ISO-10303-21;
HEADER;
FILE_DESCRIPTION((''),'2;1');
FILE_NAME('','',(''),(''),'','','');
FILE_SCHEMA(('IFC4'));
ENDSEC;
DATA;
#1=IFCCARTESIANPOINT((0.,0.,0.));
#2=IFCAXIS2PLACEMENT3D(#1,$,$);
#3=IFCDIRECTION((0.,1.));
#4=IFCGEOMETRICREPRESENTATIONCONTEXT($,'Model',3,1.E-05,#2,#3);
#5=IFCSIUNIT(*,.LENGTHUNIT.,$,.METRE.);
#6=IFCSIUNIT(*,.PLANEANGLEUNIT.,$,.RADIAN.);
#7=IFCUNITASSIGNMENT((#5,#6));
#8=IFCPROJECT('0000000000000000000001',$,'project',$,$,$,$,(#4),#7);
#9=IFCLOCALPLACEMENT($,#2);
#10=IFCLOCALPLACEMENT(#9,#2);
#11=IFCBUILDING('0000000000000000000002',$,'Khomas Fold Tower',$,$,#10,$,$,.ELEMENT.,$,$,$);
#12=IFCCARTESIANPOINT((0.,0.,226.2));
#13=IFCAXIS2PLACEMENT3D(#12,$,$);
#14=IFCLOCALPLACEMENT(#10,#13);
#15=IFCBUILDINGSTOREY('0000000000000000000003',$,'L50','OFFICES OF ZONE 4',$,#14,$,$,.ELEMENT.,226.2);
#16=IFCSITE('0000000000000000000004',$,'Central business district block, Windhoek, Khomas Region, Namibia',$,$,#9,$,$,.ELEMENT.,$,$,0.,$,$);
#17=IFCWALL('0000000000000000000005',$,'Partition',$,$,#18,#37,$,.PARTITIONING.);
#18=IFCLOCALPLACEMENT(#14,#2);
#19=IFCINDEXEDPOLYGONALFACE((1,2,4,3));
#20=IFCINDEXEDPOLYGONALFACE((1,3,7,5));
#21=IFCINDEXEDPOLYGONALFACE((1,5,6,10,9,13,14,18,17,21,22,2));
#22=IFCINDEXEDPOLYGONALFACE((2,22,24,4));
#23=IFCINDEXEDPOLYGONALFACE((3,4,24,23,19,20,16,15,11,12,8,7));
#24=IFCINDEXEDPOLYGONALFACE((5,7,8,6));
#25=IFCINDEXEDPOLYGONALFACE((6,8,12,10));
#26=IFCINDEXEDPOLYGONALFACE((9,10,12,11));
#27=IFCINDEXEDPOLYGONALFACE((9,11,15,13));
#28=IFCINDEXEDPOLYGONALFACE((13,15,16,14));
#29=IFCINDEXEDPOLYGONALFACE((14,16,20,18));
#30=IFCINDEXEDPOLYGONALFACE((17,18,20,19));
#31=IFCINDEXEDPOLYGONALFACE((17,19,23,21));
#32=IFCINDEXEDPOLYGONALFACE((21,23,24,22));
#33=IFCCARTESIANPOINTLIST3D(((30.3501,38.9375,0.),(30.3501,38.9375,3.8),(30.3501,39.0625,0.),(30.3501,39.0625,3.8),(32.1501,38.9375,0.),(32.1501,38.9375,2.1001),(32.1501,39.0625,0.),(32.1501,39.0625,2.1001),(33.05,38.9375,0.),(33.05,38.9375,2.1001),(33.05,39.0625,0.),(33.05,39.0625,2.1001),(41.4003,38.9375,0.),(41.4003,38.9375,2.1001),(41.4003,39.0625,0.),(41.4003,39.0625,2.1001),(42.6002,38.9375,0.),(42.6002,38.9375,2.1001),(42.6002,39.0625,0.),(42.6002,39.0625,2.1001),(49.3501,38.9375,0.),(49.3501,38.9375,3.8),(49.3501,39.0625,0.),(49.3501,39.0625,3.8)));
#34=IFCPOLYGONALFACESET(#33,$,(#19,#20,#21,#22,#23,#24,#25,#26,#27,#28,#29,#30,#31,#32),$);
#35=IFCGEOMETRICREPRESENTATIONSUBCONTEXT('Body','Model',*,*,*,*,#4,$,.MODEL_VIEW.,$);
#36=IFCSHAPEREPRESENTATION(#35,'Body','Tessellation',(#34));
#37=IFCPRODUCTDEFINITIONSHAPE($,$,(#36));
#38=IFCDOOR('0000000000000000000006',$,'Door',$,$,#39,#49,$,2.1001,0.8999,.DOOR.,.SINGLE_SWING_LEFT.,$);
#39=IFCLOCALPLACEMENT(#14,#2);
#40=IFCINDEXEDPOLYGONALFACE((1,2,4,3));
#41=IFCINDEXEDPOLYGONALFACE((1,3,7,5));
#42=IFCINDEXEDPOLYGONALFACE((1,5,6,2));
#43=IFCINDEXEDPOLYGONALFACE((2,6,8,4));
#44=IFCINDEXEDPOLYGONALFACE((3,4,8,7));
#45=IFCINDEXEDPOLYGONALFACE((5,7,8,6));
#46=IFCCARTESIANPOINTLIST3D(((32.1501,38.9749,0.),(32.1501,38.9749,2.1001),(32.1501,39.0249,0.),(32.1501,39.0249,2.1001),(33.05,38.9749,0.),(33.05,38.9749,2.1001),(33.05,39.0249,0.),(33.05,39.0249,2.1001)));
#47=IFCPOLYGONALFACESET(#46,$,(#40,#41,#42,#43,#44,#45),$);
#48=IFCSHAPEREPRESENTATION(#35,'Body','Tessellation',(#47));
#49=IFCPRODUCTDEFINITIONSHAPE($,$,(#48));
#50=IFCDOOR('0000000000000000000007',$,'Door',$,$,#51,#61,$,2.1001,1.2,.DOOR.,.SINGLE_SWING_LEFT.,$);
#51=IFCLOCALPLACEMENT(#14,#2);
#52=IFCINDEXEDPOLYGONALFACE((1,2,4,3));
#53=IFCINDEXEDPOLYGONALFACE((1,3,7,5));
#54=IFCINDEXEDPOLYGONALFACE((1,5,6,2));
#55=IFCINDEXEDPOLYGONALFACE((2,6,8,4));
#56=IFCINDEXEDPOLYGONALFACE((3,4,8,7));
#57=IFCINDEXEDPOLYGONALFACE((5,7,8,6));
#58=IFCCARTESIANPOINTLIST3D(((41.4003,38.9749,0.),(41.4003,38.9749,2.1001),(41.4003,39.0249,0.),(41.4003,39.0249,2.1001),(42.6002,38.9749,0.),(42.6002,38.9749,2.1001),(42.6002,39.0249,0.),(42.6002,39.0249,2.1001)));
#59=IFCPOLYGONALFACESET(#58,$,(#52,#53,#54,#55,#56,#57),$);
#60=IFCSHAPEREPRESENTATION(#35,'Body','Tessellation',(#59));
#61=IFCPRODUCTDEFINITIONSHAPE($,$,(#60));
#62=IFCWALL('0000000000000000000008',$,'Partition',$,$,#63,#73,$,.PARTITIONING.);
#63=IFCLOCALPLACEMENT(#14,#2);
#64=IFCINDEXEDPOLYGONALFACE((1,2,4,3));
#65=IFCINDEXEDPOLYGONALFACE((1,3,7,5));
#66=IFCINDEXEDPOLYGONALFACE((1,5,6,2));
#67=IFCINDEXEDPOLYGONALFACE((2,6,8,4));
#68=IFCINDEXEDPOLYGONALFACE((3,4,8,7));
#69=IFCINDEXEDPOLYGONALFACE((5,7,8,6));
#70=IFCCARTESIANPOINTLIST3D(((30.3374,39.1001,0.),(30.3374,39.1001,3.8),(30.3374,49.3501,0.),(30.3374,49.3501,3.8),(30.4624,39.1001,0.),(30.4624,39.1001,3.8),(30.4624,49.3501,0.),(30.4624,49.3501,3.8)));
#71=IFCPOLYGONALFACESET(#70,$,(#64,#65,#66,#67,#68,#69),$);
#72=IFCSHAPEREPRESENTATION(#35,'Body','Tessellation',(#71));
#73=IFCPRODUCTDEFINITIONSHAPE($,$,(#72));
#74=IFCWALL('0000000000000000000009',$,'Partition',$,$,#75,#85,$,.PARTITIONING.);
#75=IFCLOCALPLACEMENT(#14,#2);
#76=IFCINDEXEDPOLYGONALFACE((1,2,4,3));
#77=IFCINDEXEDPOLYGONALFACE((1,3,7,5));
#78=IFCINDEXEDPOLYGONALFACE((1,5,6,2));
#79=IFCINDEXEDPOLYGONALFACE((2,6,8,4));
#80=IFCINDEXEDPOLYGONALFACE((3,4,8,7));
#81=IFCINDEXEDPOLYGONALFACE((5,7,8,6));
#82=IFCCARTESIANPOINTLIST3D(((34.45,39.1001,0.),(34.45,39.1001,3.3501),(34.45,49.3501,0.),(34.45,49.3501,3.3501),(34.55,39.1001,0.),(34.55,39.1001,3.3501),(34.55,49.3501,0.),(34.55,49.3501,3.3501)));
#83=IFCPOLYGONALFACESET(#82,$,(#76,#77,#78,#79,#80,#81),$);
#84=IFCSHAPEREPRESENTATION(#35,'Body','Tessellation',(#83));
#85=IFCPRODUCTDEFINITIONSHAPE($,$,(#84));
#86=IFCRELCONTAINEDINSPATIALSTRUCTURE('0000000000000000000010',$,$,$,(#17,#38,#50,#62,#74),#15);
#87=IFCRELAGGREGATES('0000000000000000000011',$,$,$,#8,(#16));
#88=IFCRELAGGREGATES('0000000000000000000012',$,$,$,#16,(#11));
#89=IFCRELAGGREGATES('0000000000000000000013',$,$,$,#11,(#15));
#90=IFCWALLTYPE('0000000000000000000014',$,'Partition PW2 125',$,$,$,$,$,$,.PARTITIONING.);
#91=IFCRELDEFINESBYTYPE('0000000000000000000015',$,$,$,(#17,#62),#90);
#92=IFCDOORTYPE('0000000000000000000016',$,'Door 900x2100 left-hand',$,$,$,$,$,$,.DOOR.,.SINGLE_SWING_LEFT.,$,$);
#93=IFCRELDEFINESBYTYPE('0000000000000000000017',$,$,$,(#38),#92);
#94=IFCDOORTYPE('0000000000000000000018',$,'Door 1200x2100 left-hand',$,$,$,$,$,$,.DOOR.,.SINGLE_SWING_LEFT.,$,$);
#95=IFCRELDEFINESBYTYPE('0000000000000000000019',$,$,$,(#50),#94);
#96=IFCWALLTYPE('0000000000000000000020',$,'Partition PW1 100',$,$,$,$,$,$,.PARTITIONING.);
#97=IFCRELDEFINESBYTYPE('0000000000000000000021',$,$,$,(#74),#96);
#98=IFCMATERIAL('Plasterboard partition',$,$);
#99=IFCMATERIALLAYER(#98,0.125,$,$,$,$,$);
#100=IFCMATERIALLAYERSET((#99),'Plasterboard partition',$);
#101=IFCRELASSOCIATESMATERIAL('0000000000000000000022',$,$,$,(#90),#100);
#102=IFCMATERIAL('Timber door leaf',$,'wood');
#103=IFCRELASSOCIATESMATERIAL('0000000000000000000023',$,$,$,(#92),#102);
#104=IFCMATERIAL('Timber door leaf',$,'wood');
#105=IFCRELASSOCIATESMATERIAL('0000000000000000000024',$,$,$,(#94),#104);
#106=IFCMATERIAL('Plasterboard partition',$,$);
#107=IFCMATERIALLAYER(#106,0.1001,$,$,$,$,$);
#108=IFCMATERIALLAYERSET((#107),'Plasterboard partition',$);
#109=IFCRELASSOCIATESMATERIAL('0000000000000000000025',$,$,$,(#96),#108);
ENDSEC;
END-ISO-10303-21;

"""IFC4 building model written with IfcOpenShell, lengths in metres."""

from ifc_helpers import new_model, si_unit, direction, frame, frame_2d, origin, place, context, subcontext, project, spatial, rectangle, extrude, source, transform, mapped, material, layer, layer_set, type_object, element, fill, save


model = new_model("IFC4")

# Units and contexts
model_context = context("Model", 3, precision=1e-05, world=origin(), true_north=direction((0.0, 1.0)))
body_context = subcontext(model_context, "Body", "Model", "MODEL_VIEW")
ifc_project = project(units=[si_unit("LENGTHUNIT", "METRE"), si_unit("PLANEANGLEUNIT", "RADIAN")], contexts=[model_context])

# Site, building, storey
site_placement = place(None, origin())
site = spatial("IfcSite", under=ifc_project, at=site_placement, Name="Central business district block, Windhoek, Khomas Region, Namibia", CompositionType="ELEMENT", RefElevation=0.0)
building_placement = place(site_placement, origin())
building = spatial("IfcBuilding", under=site, at=building_placement, Name="Khomas Fold Tower", CompositionType="ELEMENT")
storey_placement = place(building_placement, frame((0.0, 0.0, 226.2)))
storey = spatial("IfcBuildingStorey", under=building, at=storey_placement, Name="L50", Description="OFFICES OF ZONE 4", CompositionType="ELEMENT", Elevation=226.2)

# Wall, openings, doors
ifc_material_1 = material(Name="Plasterboard partition")
ifc_layer_1 = layer(ifc_material_1, 0.125)
ifc_layer_set_1 = layer_set([ifc_layer_1], Name="Plasterboard partition")
wall_type_1 = type_object("IfcWallType", Name="Partition PW2 125", PredefinedType="PARTITIONING", material=ifc_layer_set_1)
shared_shape_1 = source(origin(), body_context, "Body", "SweptSolid", [
    extrude(rectangle(XDim=19.0, YDim=0.125, at=frame_2d((9.5, 0.0))), origin(), (0.0, 0.0, 1.0), 3.8),
])
wall_1_placement = place(storey_placement, frame((30.3501, 39.0, 0.0), z_axis=(0.0, 0.0, 1.0), x_axis=(1.0, 0.0, 0.0)))
wall_1 = element("IfcWall", 1, at=wall_1_placement, inside=storey, type_object=wall_type_1, Name="Partition", PredefinedType="PARTITIONING", context=body_context, shape_type="MappedRepresentation", body=[
    mapped(shared_shape_1, transform((0.0, 0.0, 0.0))),
])
shared_shape_2 = source(origin(), body_context, "Body", "SweptSolid", [
    extrude(rectangle(XDim=0.8999, YDim=2.1001, at=frame_2d((0.45, 1.05))), frame((0.0, 0.0725, 0.0), z_axis=(0.0, -1.0, 0.0), x_axis=(1.0, 0.0, 0.0)), (0.0, 0.0, 1.0), 0.145),
])
opening_1_placement = place(wall_1_placement, frame((1.8, 0.0, 0.0)))
opening_1 = element("IfcOpeningElement", 2, at=opening_1_placement, cuts=wall_1, PredefinedType="OPENING", context=body_context, shape_type="MappedRepresentation", body=[
    mapped(shared_shape_2, transform((0.0, 0.0, 0.0))),
])
shared_shape_3 = source(origin(), body_context, "Body", "SweptSolid", [
    extrude(rectangle(XDim=1.2, YDim=2.1001, at=frame_2d((0.6001, 1.05))), frame((0.0, 0.0725, 0.0), z_axis=(0.0, -1.0, 0.0), x_axis=(1.0, 0.0, 0.0)), (0.0, 0.0, 1.0), 0.145),
])
opening_2_placement = place(wall_1_placement, frame((11.05, 0.0, 0.0)))
opening_2 = element("IfcOpeningElement", 3, at=opening_2_placement, cuts=wall_1, PredefinedType="OPENING", context=body_context, shape_type="MappedRepresentation", body=[
    mapped(shared_shape_3, transform((0.0, 0.0, 0.0))),
])
ifc_material_2 = material(Name="Timber door leaf", Category="wood")
door_type_1 = type_object("IfcDoorType", Name="Door 900x2100 left-hand", OperationType="SINGLE_SWING_LEFT", PredefinedType="DOOR", material=ifc_material_2)
shared_shape_4 = source(origin(), body_context, "Body", "SweptSolid", [
    extrude(rectangle(XDim=0.8999, YDim=2.1001, at=frame_2d((0.45, 1.05))), frame((0.0, 0.0249, 0.0), z_axis=(0.0, -1.0, 0.0), x_axis=(1.0, 0.0, 0.0)), (0.0, 0.0, 1.0), 0.05),
])
door_1_placement = place(opening_1_placement, origin())
door_1 = element("IfcDoor", 4, at=door_1_placement, inside=storey, type_object=door_type_1, Name="Door", OperationType="SINGLE_SWING_LEFT", OverallHeight=2.1001, OverallWidth=0.8999, PredefinedType="DOOR", context=body_context, shape_type="MappedRepresentation", body=[
    mapped(shared_shape_4, transform((0.0, 0.0, 0.0))),
])
fill(opening_1, door_1)
ifc_material_3 = material(Name="Timber door leaf", Category="wood")
door_type_2 = type_object("IfcDoorType", Name="Door 1200x2100 left-hand", OperationType="SINGLE_SWING_LEFT", PredefinedType="DOOR", material=ifc_material_3)
shared_shape_5 = source(origin(), body_context, "Body", "SweptSolid", [
    extrude(rectangle(XDim=1.2, YDim=2.1001, at=frame_2d((0.6001, 1.05))), frame((0.0, 0.0249, 0.0), z_axis=(0.0, -1.0, 0.0), x_axis=(1.0, 0.0, 0.0)), (0.0, 0.0, 1.0), 0.05),
])
door_2_placement = place(opening_2_placement, origin())
door_2 = element("IfcDoor", 5, at=door_2_placement, inside=storey, type_object=door_type_2, Name="Door", OperationType="SINGLE_SWING_LEFT", OverallHeight=2.1001, OverallWidth=1.2, PredefinedType="DOOR", context=body_context, shape_type="MappedRepresentation", body=[
    mapped(shared_shape_5, transform((0.0, 0.0, 0.0))),
])
fill(opening_2, door_2)

# Walls
shared_shape_6 = source(origin(), body_context, "Body", "SweptSolid", [
    extrude(rectangle(XDim=10.25, YDim=0.125, at=frame_2d((5.125, 0.0))), origin(), (0.0, 0.0, 1.0), 3.8),
])
wall_2_placement = place(storey_placement, frame((30.3999, 39.1001, 0.0), z_axis=(0.0, 0.0, 1.0), x_axis=(0.0, 1.0, 0.0)))
element("IfcWall", 6, at=wall_2_placement, inside=storey, type_object=wall_type_1, Name="Partition", PredefinedType="PARTITIONING", context=body_context, shape_type="MappedRepresentation", body=[
    mapped(shared_shape_6, transform((0.0, 0.0, 0.0))),
])
ifc_material_4 = material(Name="Plasterboard partition")
ifc_layer_2 = layer(ifc_material_4, 0.1001)
ifc_layer_set_2 = layer_set([ifc_layer_2], Name="Plasterboard partition")
wall_type_2 = type_object("IfcWallType", Name="Partition PW1 100", PredefinedType="PARTITIONING", material=ifc_layer_set_2)
shared_shape_7 = source(origin(), body_context, "Body", "SweptSolid", [
    extrude(rectangle(XDim=10.25, YDim=0.1001, at=frame_2d((5.125, 0.0))), origin(), (0.0, 0.0, 1.0), 3.3501),
])
wall_3_placement = place(storey_placement, frame((34.5, 39.1001, 0.0), z_axis=(0.0, 0.0, 1.0), x_axis=(0.0, 1.0, 0.0)))
element("IfcWall", 7, at=wall_3_placement, inside=storey, type_object=wall_type_2, Name="Partition", PredefinedType="PARTITIONING", context=body_context, shape_type="MappedRepresentation", body=[
    mapped(shared_shape_7, transform((0.0, 0.0, 0.0))),
])

save(model, "model.ifc")
